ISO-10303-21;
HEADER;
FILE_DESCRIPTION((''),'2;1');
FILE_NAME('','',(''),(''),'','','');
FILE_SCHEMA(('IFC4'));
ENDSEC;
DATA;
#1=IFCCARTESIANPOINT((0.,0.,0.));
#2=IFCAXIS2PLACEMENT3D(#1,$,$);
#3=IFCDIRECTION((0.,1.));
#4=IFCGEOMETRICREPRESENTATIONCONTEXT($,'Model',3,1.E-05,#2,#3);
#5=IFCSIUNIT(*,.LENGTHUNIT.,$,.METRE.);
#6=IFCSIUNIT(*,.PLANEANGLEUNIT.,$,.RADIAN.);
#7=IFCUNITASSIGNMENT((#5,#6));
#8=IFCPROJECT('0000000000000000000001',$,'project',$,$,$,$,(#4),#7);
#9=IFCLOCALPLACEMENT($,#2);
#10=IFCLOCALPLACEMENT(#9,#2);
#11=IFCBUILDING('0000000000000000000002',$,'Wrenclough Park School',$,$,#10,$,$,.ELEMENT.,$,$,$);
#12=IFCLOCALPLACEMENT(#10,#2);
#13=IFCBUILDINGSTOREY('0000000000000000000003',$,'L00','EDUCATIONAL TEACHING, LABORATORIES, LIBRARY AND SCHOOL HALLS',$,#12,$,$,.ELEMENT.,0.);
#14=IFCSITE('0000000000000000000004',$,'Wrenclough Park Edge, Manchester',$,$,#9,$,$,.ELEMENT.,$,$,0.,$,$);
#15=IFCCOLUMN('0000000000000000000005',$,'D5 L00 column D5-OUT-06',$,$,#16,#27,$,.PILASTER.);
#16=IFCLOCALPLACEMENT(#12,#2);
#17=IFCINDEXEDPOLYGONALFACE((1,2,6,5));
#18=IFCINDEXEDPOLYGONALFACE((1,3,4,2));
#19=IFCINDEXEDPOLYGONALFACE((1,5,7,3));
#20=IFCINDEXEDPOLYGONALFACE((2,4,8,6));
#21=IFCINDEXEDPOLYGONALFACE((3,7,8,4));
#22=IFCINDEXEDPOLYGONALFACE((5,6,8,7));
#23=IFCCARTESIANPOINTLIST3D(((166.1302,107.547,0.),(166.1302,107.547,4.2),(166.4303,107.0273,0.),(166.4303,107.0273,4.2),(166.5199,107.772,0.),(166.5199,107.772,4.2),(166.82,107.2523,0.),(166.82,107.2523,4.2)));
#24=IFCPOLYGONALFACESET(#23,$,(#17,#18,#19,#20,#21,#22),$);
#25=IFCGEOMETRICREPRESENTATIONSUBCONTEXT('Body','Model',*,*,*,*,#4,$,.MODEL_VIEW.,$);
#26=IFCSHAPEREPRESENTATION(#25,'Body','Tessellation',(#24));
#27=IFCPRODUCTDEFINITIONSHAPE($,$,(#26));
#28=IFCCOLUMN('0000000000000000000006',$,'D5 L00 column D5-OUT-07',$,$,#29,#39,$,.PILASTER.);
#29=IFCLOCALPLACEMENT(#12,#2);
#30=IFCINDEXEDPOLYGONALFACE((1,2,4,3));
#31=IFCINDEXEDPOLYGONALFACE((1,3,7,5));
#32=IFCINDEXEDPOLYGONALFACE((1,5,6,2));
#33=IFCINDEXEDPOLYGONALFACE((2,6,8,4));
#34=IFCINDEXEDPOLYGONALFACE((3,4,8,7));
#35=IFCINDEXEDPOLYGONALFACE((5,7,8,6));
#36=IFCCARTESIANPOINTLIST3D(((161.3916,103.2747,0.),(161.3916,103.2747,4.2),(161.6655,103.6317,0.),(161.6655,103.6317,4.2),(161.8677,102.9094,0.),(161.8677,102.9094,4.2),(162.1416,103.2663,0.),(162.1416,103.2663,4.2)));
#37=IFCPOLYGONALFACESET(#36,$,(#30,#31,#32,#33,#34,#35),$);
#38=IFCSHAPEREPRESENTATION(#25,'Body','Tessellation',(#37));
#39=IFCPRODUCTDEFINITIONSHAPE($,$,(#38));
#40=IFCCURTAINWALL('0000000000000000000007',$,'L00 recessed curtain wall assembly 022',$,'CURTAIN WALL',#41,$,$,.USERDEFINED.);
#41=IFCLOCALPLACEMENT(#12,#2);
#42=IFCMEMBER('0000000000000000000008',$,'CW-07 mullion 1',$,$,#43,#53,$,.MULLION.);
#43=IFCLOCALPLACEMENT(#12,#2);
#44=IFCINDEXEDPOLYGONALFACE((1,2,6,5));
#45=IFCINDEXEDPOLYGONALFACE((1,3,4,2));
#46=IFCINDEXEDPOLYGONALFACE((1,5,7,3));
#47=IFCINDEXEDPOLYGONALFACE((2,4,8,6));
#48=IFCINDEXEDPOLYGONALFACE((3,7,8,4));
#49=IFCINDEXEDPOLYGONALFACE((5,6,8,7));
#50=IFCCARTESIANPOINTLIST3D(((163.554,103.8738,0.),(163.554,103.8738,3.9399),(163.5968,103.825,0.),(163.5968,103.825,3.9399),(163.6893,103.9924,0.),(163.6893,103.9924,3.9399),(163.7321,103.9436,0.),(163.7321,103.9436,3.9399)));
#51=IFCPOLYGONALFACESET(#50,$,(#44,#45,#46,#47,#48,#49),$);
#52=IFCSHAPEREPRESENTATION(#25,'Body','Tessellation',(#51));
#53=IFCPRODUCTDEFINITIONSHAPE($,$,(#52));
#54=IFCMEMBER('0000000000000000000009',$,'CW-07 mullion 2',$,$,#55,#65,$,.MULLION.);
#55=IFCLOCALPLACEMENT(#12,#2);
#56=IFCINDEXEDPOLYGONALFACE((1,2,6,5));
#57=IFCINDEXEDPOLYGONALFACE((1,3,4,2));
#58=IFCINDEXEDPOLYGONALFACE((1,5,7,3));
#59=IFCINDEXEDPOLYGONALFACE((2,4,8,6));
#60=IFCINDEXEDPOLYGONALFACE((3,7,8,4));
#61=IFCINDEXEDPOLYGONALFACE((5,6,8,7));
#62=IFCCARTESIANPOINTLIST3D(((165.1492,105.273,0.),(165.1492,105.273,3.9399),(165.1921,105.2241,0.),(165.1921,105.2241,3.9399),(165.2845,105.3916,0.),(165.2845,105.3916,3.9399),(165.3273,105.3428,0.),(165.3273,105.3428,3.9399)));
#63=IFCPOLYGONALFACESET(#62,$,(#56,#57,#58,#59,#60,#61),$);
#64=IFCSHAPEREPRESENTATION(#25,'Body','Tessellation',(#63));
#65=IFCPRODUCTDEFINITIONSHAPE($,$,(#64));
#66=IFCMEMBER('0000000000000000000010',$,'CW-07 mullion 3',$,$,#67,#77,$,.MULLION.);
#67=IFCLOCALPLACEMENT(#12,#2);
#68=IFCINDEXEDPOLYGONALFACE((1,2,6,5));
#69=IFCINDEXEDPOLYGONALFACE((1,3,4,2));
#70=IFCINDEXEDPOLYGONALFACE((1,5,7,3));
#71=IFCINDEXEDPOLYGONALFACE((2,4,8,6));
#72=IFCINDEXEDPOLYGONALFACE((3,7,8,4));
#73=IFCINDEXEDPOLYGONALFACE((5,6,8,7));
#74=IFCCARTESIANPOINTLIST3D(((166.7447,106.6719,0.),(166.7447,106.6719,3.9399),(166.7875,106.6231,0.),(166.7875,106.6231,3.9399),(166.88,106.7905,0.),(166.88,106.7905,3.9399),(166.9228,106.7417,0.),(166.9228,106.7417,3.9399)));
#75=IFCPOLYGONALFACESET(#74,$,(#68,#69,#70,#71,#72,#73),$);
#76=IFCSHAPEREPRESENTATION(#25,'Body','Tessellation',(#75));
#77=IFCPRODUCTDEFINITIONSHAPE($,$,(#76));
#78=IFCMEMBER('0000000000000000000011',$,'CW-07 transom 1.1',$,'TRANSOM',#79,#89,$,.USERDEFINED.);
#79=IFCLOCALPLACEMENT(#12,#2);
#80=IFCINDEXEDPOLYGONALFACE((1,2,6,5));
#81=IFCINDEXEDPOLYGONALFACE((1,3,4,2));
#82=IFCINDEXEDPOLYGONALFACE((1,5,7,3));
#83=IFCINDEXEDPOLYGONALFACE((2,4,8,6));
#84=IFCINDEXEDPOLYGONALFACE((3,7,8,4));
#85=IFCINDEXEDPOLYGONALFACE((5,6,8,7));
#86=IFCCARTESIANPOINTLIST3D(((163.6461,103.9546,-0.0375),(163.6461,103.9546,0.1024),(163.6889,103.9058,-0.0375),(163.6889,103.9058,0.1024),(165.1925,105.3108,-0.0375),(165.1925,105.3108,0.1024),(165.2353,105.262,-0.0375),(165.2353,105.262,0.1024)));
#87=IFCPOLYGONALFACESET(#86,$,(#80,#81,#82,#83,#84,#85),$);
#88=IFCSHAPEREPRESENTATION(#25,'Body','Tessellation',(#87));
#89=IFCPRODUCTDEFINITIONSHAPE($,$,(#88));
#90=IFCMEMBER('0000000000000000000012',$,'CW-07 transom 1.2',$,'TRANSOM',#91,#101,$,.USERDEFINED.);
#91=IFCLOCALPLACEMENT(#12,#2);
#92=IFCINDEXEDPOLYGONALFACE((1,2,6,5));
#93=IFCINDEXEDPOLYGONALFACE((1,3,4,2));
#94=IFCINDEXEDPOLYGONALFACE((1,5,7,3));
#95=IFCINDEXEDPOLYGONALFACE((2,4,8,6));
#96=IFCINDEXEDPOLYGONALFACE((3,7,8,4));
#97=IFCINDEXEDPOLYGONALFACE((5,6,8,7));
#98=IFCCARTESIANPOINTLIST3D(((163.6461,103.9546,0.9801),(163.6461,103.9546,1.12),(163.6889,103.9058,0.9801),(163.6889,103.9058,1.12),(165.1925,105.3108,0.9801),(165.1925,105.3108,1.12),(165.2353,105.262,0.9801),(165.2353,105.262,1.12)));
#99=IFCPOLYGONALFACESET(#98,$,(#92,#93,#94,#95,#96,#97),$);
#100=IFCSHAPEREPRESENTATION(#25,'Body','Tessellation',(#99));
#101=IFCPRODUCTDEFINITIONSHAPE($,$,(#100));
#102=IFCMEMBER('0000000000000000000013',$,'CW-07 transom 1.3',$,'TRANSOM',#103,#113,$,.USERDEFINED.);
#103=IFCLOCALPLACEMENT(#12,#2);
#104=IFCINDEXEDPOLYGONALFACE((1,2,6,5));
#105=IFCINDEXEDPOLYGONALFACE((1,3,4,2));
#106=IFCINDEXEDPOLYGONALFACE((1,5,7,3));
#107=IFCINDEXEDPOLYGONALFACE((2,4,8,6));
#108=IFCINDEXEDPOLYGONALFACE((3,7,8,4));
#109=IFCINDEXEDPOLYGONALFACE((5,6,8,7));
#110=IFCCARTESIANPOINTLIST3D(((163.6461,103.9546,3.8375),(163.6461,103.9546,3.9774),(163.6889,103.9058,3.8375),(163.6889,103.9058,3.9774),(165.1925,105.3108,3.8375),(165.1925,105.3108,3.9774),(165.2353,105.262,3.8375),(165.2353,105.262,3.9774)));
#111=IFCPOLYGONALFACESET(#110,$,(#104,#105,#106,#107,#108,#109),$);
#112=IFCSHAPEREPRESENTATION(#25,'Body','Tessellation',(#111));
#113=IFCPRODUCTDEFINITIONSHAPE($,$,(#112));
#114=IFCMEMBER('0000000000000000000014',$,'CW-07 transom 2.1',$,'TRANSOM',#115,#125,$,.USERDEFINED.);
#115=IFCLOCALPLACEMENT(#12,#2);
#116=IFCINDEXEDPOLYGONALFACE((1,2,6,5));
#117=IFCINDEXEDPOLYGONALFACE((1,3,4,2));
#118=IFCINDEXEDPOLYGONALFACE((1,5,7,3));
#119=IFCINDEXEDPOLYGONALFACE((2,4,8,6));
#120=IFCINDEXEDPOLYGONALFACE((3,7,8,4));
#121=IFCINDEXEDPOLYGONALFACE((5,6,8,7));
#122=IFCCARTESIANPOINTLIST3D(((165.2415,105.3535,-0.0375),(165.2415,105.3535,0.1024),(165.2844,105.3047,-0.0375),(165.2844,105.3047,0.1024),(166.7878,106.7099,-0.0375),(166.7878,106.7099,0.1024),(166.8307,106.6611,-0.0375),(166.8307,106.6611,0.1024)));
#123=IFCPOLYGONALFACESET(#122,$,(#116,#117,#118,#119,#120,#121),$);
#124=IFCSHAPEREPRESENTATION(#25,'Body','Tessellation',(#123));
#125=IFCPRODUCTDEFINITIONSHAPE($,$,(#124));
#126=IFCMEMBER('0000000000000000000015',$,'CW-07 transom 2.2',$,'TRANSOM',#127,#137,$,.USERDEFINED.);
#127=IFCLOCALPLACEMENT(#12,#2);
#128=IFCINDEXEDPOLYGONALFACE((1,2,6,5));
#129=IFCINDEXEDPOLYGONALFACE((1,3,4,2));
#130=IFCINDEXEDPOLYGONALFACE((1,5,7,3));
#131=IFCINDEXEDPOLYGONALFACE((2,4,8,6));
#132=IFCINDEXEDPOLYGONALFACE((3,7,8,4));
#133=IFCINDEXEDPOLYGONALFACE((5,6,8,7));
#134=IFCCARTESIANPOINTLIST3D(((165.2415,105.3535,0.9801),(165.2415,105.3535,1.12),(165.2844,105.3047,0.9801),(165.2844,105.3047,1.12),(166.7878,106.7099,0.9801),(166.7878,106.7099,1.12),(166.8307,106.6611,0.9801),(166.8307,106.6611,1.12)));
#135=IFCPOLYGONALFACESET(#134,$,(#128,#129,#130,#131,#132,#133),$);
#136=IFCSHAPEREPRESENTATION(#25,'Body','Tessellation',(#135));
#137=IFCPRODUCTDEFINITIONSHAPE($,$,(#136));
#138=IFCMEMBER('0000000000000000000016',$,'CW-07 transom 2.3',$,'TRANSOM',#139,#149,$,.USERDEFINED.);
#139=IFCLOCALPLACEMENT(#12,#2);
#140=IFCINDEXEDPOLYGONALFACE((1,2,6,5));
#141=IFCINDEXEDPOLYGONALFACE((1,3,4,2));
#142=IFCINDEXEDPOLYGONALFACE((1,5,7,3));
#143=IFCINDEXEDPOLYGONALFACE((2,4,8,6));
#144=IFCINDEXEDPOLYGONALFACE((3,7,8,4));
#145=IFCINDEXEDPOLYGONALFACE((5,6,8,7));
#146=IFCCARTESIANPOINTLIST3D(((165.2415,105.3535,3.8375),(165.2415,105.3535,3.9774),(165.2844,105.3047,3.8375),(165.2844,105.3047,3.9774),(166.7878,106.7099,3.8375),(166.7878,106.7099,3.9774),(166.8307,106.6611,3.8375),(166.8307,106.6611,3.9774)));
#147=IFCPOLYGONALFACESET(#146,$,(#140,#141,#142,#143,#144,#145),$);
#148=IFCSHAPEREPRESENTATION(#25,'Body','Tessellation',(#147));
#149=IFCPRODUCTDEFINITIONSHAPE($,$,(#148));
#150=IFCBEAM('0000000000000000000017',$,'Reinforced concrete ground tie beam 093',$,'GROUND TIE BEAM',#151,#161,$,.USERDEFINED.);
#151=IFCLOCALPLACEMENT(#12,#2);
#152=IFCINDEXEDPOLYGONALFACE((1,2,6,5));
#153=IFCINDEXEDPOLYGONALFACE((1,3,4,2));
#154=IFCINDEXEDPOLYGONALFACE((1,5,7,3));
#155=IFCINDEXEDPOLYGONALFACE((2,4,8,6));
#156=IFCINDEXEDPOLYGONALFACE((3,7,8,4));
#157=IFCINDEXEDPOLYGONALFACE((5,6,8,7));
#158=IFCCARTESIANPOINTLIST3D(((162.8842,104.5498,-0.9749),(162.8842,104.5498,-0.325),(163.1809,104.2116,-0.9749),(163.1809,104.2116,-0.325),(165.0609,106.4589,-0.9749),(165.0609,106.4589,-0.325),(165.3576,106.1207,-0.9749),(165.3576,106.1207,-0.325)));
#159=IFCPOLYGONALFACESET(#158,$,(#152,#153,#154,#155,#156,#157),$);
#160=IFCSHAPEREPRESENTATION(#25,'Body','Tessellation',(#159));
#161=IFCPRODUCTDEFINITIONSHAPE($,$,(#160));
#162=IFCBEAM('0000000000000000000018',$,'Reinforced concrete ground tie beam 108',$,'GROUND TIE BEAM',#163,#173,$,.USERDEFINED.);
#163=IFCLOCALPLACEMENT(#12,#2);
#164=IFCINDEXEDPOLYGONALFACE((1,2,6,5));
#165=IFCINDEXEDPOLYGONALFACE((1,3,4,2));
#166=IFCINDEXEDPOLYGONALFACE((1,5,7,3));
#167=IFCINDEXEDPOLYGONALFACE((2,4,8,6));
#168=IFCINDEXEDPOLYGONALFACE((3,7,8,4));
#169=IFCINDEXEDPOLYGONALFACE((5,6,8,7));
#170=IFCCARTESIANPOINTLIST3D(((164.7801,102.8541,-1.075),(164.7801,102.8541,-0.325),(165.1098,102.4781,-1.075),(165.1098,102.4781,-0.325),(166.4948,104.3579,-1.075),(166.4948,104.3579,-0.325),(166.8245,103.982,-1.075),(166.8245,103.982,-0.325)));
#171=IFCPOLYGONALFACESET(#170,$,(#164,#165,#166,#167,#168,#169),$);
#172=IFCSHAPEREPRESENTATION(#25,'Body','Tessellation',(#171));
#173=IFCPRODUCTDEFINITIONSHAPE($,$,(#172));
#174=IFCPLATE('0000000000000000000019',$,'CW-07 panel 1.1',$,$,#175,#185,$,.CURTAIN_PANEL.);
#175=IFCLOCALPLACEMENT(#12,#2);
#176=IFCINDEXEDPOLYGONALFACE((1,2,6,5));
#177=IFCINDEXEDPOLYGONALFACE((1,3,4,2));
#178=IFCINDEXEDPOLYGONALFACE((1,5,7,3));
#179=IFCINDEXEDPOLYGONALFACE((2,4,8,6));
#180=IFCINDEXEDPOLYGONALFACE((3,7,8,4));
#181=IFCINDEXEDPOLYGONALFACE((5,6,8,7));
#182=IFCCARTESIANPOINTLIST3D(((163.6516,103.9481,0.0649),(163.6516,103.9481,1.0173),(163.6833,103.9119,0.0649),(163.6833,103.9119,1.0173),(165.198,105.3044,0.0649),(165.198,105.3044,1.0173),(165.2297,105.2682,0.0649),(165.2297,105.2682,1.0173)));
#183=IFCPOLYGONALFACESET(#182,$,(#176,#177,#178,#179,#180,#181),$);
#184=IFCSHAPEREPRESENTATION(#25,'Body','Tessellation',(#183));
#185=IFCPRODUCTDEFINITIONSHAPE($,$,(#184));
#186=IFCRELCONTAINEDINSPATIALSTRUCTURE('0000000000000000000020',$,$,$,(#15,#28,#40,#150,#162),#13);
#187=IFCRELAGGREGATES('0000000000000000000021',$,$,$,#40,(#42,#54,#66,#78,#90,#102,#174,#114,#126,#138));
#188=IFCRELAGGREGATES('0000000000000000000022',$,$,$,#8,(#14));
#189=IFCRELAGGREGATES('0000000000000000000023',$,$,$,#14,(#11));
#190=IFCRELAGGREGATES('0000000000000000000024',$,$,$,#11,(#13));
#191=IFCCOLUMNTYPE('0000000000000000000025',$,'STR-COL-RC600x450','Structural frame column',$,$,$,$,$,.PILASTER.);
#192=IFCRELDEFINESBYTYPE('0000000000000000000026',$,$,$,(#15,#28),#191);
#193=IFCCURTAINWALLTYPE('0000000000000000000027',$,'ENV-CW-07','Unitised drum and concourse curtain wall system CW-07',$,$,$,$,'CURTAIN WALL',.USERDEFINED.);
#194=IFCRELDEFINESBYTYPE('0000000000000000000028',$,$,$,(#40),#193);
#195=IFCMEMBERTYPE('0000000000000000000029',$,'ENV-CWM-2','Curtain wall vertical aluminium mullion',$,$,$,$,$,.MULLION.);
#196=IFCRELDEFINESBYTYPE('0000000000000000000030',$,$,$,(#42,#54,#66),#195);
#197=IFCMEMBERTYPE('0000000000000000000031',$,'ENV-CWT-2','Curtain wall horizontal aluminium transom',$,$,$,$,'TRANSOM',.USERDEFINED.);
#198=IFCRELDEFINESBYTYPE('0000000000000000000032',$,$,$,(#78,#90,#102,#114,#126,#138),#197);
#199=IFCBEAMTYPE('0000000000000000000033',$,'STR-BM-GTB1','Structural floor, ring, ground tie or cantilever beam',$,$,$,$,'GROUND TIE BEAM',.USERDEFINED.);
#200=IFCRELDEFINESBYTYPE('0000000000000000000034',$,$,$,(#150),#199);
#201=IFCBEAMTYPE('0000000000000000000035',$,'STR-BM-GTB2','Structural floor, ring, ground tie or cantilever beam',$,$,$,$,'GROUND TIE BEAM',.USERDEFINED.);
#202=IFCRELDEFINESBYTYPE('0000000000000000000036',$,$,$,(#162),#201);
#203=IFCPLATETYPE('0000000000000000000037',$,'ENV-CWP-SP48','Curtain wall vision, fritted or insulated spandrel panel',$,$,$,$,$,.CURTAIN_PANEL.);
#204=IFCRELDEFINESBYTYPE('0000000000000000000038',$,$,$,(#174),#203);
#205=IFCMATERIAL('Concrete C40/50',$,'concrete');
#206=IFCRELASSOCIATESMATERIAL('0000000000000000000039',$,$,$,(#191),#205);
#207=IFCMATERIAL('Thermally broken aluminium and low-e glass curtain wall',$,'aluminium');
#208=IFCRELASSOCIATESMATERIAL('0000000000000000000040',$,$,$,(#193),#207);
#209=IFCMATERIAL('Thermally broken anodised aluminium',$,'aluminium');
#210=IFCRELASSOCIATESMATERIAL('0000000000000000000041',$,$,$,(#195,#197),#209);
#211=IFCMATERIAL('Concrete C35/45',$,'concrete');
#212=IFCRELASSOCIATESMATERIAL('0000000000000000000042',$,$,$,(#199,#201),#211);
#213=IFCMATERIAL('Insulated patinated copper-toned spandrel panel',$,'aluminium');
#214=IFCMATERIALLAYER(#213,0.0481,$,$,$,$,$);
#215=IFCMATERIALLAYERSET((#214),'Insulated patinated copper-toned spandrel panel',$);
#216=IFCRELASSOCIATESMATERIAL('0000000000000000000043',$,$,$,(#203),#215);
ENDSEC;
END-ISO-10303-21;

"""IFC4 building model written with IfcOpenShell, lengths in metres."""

from ifc_helpers import new_model, si_unit, direction, frame, origin, origin_2d, place, context, subcontext, project, spatial, rectangle, extrude, material, layer, layer_set, material_profile, profile_set, type_object, element, aggregate, save


model = new_model("IFC4")

# Units and contexts
model_context = context("Model", 3, precision=1e-05, world=origin(), true_north=direction((0.0, 1.0)))
body_context = subcontext(model_context, "Body", "Model", "MODEL_VIEW")
ifc_project = project(units=[si_unit("LENGTHUNIT", "METRE"), si_unit("PLANEANGLEUNIT", "RADIAN")], contexts=[model_context])

# Site, building, storey
site_placement = place(None, origin())
site = spatial("IfcSite", under=ifc_project, at=site_placement, Name="Wrenclough Park Edge, Manchester", CompositionType="ELEMENT", RefElevation=0.0)
building_placement = place(site_placement, origin())
building = spatial("IfcBuilding", under=site, at=building_placement, Name="Wrenclough Park School", CompositionType="ELEMENT")
storey_placement = place(building_placement, origin())
storey = spatial("IfcBuildingStorey", under=building, at=storey_placement, Name="L00", Description="EDUCATIONAL TEACHING, LABORATORIES, LIBRARY AND SCHOOL HALLS", CompositionType="ELEMENT", Elevation=0.0)

# Shared definitions
ifc_material_1 = material(Name="Concrete C35/45", Category="concrete")

# Columns
ifc_material_2 = material(Name="Concrete C40/50", Category="concrete")
ifc_material_profile_1 = material_profile(ifc_material_2, rectangle(XDim=0.45, YDim=0.6001, at=origin_2d()), Name="RC COL 600x450")
ifc_profile_set_1 = profile_set([ifc_material_profile_1], Name="Concrete C40/50")
column_type = type_object("IfcColumnType", Name="STR-COL-RC600x450", Description="Structural frame column", PredefinedType="PILASTER", material=ifc_profile_set_1)
for number, where, z_axis, x_axis, name in (
    (1, (166.4751, 107.3997, 0.0), (0.0, 0.0, 1.0), (-0.866025, -0.5, 0.0), "D5 L00 column D5-OUT-06"),
    (2, (161.7666, 103.2705, 0.0), (0.0, 0.0, 1.0), (-0.608761, -0.793353, 0.0), "D5 L00 column D5-OUT-07"),
):
    element("IfcColumn", number, at=place(storey_placement, frame(where, z_axis=z_axis, x_axis=x_axis)), inside=storey, type_object=column_type, Name=name, PredefinedType="PILASTER", context=body_context, shape_type="SweptSolid", body=[
        extrude(rectangle(XDim=0.45, YDim=0.6001, at=origin_2d()), origin(), (0.0, 0.0, 1.0), 4.2),
    ])

# Curtain wall, members
ifc_material_3 = material(Name="Thermally broken aluminium and low-e glass curtain wall", Category="aluminium")
curtain_wall_type = type_object("IfcCurtainWallType", Name="ENV-CW-07", Description="Unitised drum and concourse curtain wall system CW-07", ElementType="CURTAIN WALL", PredefinedType="USERDEFINED", material=ifc_material_3)
curtain_wall_placement = place(storey_placement, origin())
curtain_wall = element("IfcCurtainWall", 3, at=curtain_wall_placement, inside=storey, type_object=curtain_wall_type, Name="L00 recessed curtain wall assembly 022", ObjectType="CURTAIN WALL", PredefinedType="USERDEFINED")
ifc_material_4 = material(Name="Thermally broken anodised aluminium", Category="aluminium")
ifc_material_profile_2 = material_profile(ifc_material_4, rectangle(XDim=0.0649, YDim=0.1799, at=origin_2d()), Name="AL MULLION 65x180")
ifc_profile_set_2 = profile_set([ifc_material_profile_2], Name="Thermally broken anodised aluminium")
member_type_1 = type_object("IfcMemberType", Name="ENV-CWM-2", Description="Curtain wall vertical aluminium mullion", PredefinedType="MULLION", material=ifc_profile_set_2)
member_1_placement = place(storey_placement, frame((163.6431, 103.9087, 0.0), z_axis=(0.0, 0.0, 1.0), x_axis=(-0.659375, 0.751814, 0.0)))
member_1 = element("IfcMember", 4, at=member_1_placement, type_object=member_type_1, Name="CW-07 mullion 1", PredefinedType="MULLION", context=body_context, shape_type="SweptSolid", body=[
    extrude(rectangle(XDim=0.0649, YDim=0.1799, at=origin_2d()), origin(), (0.0, 0.0, 1.0), 3.9399),
])
member_2_placement = place(storey_placement, frame((165.2383, 105.3079, 0.0), z_axis=(0.0, 0.0, 1.0), x_axis=(-0.659375, 0.751814, 0.0)))
member_2 = element("IfcMember", 5, at=member_2_placement, type_object=member_type_1, Name="CW-07 mullion 2", PredefinedType="MULLION", context=body_context, shape_type="SweptSolid", body=[
    extrude(rectangle(XDim=0.0649, YDim=0.1799, at=origin_2d()), origin(), (0.0, 0.0, 1.0), 3.9399),
])
member_3_placement = place(storey_placement, frame((166.8337, 106.7068, 0.0), z_axis=(0.0, 0.0, 1.0), x_axis=(-0.659375, 0.751814, 0.0)))
member_3 = element("IfcMember", 6, at=member_3_placement, type_object=member_type_1, Name="CW-07 mullion 3", PredefinedType="MULLION", context=body_context, shape_type="SweptSolid", body=[
    extrude(rectangle(XDim=0.0649, YDim=0.1799, at=origin_2d()), origin(), (0.0, 0.0, 1.0), 3.9399),
])
ifc_material_profile_3 = material_profile(ifc_material_4, rectangle(XDim=0.0649, YDim=0.1399, at=origin_2d()), Name="AL TRANSOM 65x140")
ifc_profile_set_3 = profile_set([ifc_material_profile_3], Name="Thermally broken anodised aluminium")
member_type_2 = type_object("IfcMemberType", Name="ENV-CWT-2", Description="Curtain wall horizontal aluminium transom", ElementType="TRANSOM", PredefinedType="USERDEFINED", material=ifc_profile_set_3)
member_4_placement = place(storey_placement, frame((163.6675, 103.9302, 0.0325), z_axis=(0.751826, 0.659361, 0.0), x_axis=(-0.659361, 0.751826, 0.0)))
member_4 = element("IfcMember", 7, at=member_4_placement, type_object=member_type_2, Name="CW-07 transom 1.1", ObjectType="TRANSOM", PredefinedType="USERDEFINED", context=body_context, shape_type="SweptSolid", body=[
    extrude(rectangle(XDim=0.0649, YDim=0.1399, at=origin_2d()), origin(), (0.0, 0.0, 1.0), 2.0569),
])
member_5_placement = place(storey_placement, frame((163.6675, 103.9302, 1.05), z_axis=(0.751826, 0.659361, 0.0), x_axis=(-0.659361, 0.751826, 0.0)))
member_5 = element("IfcMember", 8, at=member_5_placement, type_object=member_type_2, Name="CW-07 transom 1.2", ObjectType="TRANSOM", PredefinedType="USERDEFINED", context=body_context, shape_type="SweptSolid", body=[
    extrude(rectangle(XDim=0.0649, YDim=0.1399, at=origin_2d()), origin(), (0.0, 0.0, 1.0), 2.0569),
])
member_6_placement = place(storey_placement, frame((163.6675, 103.9302, 3.9075), z_axis=(0.751826, 0.659361, 0.0), x_axis=(-0.659361, 0.751826, 0.0)))
member_6 = element("IfcMember", 9, at=member_6_placement, type_object=member_type_2, Name="CW-07 transom 1.3", ObjectType="TRANSOM", PredefinedType="USERDEFINED", context=body_context, shape_type="SweptSolid", body=[
    extrude(rectangle(XDim=0.0649, YDim=0.1399, at=origin_2d()), origin(), (0.0, 0.0, 1.0), 2.0569),
])
member_7_placement = place(storey_placement, frame((165.2629, 105.3291, 0.0325), z_axis=(0.751767, 0.659428, 0.0), x_axis=(-0.659428, 0.751767, 0.0)))
member_7 = element("IfcMember", 10, at=member_7_placement, type_object=member_type_2, Name="CW-07 transom 2.1", ObjectType="TRANSOM", PredefinedType="USERDEFINED", context=body_context, shape_type="SweptSolid", body=[
    extrude(rectangle(XDim=0.0649, YDim=0.1399, at=origin_2d()), origin(), (0.0, 0.0, 1.0), 2.0569),
])
member_8_placement = place(storey_placement, frame((165.2629, 105.3291, 1.05), z_axis=(0.751767, 0.659428, 0.0), x_axis=(-0.659428, 0.751767, 0.0)))
member_8 = element("IfcMember", 11, at=member_8_placement, type_object=member_type_2, Name="CW-07 transom 2.2", ObjectType="TRANSOM", PredefinedType="USERDEFINED", context=body_context, shape_type="SweptSolid", body=[
    extrude(rectangle(XDim=0.0649, YDim=0.1399, at=origin_2d()), origin(), (0.0, 0.0, 1.0), 2.0569),
])
member_9_placement = place(storey_placement, frame((165.2629, 105.3291, 3.9075), z_axis=(0.751767, 0.659428, 0.0), x_axis=(-0.659428, 0.751767, 0.0)))
member_9 = element("IfcMember", 12, at=member_9_placement, type_object=member_type_2, Name="CW-07 transom 2.3", ObjectType="TRANSOM", PredefinedType="USERDEFINED", context=body_context, shape_type="SweptSolid", body=[
    extrude(rectangle(XDim=0.0649, YDim=0.1399, at=origin_2d()), origin(), (0.0, 0.0, 1.0), 2.0569),
])

# Beams
ifc_material_profile_4 = material_profile(ifc_material_1, rectangle(XDim=0.45, YDim=0.6499, at=origin_2d()), Name="RC GROUND 450x650")
ifc_profile_set_4 = profile_set([ifc_material_profile_4], Name="Concrete C35/45")
beam_type_1 = type_object("IfcBeamType", Name="STR-BM-GTB1", Description="Structural floor, ring, ground tie or cantilever beam", ElementType="GROUND TIE BEAM", PredefinedType="USERDEFINED", material=ifc_profile_set_4)
beam_1_placement = place(storey_placement, frame((165.2092, 106.2898, -0.6499), z_axis=(-0.751803, -0.659388, 0.0), x_axis=(0.659388, -0.751803, 0.0)))
element("IfcBeam", 13, at=beam_1_placement, inside=storey, type_object=beam_type_1, Name="Reinforced concrete ground tie beam 093", ObjectType="GROUND TIE BEAM", PredefinedType="USERDEFINED", context=body_context, shape_type="SweptSolid", body=[
    extrude(rectangle(XDim=0.45, YDim=0.6499, at=origin_2d()), origin(), (0.0, 0.0, 1.0), 2.8953),
])
ifc_material_profile_5 = material_profile(ifc_material_1, rectangle(XDim=0.5, YDim=0.75, at=origin_2d()), Name="RC GROUND 500x750")
ifc_profile_set_5 = profile_set([ifc_material_profile_5], Name="Concrete C35/45")
beam_type_2 = type_object("IfcBeamType", Name="STR-BM-GTB2", Description="Structural floor, ring, ground tie or cantilever beam", ElementType="GROUND TIE BEAM", PredefinedType="USERDEFINED", material=ifc_profile_set_5)
beam_2_placement = place(storey_placement, frame((166.6597, 104.1699, -0.7), z_axis=(-0.751834, -0.659353, 0.0), x_axis=(0.659353, -0.751834, 0.0)))
element("IfcBeam", 14, at=beam_2_placement, inside=storey, type_object=beam_type_2, Name="Reinforced concrete ground tie beam 108", ObjectType="GROUND TIE BEAM", PredefinedType="USERDEFINED", context=body_context, shape_type="SweptSolid", body=[
    extrude(rectangle(XDim=0.5, YDim=0.75, at=origin_2d()), origin(), (0.0, 0.0, 1.0), 2.2808),
])

# Plate
ifc_material_5 = material(Name="Insulated patinated copper-toned spandrel panel", Category="aluminium")
ifc_layer_1 = layer(ifc_material_5, 0.0481)
ifc_layer_set_1 = layer_set([ifc_layer_1], Name="Insulated patinated copper-toned spandrel panel")
plate_type_1 = type_object("IfcPlateType", Name="ENV-CWP-SP48", Description="Curtain wall vision, fritted or insulated spandrel panel", PredefinedType="CURTAIN_PANEL", material=ifc_layer_set_1)
plate_1_placement = place(storey_placement, frame((164.4407, 104.6082, 0.0649), z_axis=(0.0, 0.0, 1.0), x_axis=(0.751814, 0.659375, 0.0)))
plate_1 = element("IfcPlate", 15, at=plate_1_placement, type_object=plate_type_1, Name="CW-07 panel 1.1", PredefinedType="CURTAIN_PANEL", context=body_context, shape_type="SweptSolid", body=[
    extrude(rectangle(XDim=2.0569, YDim=0.0481, at=origin_2d()), origin(), (0.0, 0.0, 1.0), 0.9524),
])
aggregate(curtain_wall, [member_1, member_2, member_3, member_4, member_5, member_6, plate_1, member_7, member_8, member_9])

save(model, "model.ifc")
